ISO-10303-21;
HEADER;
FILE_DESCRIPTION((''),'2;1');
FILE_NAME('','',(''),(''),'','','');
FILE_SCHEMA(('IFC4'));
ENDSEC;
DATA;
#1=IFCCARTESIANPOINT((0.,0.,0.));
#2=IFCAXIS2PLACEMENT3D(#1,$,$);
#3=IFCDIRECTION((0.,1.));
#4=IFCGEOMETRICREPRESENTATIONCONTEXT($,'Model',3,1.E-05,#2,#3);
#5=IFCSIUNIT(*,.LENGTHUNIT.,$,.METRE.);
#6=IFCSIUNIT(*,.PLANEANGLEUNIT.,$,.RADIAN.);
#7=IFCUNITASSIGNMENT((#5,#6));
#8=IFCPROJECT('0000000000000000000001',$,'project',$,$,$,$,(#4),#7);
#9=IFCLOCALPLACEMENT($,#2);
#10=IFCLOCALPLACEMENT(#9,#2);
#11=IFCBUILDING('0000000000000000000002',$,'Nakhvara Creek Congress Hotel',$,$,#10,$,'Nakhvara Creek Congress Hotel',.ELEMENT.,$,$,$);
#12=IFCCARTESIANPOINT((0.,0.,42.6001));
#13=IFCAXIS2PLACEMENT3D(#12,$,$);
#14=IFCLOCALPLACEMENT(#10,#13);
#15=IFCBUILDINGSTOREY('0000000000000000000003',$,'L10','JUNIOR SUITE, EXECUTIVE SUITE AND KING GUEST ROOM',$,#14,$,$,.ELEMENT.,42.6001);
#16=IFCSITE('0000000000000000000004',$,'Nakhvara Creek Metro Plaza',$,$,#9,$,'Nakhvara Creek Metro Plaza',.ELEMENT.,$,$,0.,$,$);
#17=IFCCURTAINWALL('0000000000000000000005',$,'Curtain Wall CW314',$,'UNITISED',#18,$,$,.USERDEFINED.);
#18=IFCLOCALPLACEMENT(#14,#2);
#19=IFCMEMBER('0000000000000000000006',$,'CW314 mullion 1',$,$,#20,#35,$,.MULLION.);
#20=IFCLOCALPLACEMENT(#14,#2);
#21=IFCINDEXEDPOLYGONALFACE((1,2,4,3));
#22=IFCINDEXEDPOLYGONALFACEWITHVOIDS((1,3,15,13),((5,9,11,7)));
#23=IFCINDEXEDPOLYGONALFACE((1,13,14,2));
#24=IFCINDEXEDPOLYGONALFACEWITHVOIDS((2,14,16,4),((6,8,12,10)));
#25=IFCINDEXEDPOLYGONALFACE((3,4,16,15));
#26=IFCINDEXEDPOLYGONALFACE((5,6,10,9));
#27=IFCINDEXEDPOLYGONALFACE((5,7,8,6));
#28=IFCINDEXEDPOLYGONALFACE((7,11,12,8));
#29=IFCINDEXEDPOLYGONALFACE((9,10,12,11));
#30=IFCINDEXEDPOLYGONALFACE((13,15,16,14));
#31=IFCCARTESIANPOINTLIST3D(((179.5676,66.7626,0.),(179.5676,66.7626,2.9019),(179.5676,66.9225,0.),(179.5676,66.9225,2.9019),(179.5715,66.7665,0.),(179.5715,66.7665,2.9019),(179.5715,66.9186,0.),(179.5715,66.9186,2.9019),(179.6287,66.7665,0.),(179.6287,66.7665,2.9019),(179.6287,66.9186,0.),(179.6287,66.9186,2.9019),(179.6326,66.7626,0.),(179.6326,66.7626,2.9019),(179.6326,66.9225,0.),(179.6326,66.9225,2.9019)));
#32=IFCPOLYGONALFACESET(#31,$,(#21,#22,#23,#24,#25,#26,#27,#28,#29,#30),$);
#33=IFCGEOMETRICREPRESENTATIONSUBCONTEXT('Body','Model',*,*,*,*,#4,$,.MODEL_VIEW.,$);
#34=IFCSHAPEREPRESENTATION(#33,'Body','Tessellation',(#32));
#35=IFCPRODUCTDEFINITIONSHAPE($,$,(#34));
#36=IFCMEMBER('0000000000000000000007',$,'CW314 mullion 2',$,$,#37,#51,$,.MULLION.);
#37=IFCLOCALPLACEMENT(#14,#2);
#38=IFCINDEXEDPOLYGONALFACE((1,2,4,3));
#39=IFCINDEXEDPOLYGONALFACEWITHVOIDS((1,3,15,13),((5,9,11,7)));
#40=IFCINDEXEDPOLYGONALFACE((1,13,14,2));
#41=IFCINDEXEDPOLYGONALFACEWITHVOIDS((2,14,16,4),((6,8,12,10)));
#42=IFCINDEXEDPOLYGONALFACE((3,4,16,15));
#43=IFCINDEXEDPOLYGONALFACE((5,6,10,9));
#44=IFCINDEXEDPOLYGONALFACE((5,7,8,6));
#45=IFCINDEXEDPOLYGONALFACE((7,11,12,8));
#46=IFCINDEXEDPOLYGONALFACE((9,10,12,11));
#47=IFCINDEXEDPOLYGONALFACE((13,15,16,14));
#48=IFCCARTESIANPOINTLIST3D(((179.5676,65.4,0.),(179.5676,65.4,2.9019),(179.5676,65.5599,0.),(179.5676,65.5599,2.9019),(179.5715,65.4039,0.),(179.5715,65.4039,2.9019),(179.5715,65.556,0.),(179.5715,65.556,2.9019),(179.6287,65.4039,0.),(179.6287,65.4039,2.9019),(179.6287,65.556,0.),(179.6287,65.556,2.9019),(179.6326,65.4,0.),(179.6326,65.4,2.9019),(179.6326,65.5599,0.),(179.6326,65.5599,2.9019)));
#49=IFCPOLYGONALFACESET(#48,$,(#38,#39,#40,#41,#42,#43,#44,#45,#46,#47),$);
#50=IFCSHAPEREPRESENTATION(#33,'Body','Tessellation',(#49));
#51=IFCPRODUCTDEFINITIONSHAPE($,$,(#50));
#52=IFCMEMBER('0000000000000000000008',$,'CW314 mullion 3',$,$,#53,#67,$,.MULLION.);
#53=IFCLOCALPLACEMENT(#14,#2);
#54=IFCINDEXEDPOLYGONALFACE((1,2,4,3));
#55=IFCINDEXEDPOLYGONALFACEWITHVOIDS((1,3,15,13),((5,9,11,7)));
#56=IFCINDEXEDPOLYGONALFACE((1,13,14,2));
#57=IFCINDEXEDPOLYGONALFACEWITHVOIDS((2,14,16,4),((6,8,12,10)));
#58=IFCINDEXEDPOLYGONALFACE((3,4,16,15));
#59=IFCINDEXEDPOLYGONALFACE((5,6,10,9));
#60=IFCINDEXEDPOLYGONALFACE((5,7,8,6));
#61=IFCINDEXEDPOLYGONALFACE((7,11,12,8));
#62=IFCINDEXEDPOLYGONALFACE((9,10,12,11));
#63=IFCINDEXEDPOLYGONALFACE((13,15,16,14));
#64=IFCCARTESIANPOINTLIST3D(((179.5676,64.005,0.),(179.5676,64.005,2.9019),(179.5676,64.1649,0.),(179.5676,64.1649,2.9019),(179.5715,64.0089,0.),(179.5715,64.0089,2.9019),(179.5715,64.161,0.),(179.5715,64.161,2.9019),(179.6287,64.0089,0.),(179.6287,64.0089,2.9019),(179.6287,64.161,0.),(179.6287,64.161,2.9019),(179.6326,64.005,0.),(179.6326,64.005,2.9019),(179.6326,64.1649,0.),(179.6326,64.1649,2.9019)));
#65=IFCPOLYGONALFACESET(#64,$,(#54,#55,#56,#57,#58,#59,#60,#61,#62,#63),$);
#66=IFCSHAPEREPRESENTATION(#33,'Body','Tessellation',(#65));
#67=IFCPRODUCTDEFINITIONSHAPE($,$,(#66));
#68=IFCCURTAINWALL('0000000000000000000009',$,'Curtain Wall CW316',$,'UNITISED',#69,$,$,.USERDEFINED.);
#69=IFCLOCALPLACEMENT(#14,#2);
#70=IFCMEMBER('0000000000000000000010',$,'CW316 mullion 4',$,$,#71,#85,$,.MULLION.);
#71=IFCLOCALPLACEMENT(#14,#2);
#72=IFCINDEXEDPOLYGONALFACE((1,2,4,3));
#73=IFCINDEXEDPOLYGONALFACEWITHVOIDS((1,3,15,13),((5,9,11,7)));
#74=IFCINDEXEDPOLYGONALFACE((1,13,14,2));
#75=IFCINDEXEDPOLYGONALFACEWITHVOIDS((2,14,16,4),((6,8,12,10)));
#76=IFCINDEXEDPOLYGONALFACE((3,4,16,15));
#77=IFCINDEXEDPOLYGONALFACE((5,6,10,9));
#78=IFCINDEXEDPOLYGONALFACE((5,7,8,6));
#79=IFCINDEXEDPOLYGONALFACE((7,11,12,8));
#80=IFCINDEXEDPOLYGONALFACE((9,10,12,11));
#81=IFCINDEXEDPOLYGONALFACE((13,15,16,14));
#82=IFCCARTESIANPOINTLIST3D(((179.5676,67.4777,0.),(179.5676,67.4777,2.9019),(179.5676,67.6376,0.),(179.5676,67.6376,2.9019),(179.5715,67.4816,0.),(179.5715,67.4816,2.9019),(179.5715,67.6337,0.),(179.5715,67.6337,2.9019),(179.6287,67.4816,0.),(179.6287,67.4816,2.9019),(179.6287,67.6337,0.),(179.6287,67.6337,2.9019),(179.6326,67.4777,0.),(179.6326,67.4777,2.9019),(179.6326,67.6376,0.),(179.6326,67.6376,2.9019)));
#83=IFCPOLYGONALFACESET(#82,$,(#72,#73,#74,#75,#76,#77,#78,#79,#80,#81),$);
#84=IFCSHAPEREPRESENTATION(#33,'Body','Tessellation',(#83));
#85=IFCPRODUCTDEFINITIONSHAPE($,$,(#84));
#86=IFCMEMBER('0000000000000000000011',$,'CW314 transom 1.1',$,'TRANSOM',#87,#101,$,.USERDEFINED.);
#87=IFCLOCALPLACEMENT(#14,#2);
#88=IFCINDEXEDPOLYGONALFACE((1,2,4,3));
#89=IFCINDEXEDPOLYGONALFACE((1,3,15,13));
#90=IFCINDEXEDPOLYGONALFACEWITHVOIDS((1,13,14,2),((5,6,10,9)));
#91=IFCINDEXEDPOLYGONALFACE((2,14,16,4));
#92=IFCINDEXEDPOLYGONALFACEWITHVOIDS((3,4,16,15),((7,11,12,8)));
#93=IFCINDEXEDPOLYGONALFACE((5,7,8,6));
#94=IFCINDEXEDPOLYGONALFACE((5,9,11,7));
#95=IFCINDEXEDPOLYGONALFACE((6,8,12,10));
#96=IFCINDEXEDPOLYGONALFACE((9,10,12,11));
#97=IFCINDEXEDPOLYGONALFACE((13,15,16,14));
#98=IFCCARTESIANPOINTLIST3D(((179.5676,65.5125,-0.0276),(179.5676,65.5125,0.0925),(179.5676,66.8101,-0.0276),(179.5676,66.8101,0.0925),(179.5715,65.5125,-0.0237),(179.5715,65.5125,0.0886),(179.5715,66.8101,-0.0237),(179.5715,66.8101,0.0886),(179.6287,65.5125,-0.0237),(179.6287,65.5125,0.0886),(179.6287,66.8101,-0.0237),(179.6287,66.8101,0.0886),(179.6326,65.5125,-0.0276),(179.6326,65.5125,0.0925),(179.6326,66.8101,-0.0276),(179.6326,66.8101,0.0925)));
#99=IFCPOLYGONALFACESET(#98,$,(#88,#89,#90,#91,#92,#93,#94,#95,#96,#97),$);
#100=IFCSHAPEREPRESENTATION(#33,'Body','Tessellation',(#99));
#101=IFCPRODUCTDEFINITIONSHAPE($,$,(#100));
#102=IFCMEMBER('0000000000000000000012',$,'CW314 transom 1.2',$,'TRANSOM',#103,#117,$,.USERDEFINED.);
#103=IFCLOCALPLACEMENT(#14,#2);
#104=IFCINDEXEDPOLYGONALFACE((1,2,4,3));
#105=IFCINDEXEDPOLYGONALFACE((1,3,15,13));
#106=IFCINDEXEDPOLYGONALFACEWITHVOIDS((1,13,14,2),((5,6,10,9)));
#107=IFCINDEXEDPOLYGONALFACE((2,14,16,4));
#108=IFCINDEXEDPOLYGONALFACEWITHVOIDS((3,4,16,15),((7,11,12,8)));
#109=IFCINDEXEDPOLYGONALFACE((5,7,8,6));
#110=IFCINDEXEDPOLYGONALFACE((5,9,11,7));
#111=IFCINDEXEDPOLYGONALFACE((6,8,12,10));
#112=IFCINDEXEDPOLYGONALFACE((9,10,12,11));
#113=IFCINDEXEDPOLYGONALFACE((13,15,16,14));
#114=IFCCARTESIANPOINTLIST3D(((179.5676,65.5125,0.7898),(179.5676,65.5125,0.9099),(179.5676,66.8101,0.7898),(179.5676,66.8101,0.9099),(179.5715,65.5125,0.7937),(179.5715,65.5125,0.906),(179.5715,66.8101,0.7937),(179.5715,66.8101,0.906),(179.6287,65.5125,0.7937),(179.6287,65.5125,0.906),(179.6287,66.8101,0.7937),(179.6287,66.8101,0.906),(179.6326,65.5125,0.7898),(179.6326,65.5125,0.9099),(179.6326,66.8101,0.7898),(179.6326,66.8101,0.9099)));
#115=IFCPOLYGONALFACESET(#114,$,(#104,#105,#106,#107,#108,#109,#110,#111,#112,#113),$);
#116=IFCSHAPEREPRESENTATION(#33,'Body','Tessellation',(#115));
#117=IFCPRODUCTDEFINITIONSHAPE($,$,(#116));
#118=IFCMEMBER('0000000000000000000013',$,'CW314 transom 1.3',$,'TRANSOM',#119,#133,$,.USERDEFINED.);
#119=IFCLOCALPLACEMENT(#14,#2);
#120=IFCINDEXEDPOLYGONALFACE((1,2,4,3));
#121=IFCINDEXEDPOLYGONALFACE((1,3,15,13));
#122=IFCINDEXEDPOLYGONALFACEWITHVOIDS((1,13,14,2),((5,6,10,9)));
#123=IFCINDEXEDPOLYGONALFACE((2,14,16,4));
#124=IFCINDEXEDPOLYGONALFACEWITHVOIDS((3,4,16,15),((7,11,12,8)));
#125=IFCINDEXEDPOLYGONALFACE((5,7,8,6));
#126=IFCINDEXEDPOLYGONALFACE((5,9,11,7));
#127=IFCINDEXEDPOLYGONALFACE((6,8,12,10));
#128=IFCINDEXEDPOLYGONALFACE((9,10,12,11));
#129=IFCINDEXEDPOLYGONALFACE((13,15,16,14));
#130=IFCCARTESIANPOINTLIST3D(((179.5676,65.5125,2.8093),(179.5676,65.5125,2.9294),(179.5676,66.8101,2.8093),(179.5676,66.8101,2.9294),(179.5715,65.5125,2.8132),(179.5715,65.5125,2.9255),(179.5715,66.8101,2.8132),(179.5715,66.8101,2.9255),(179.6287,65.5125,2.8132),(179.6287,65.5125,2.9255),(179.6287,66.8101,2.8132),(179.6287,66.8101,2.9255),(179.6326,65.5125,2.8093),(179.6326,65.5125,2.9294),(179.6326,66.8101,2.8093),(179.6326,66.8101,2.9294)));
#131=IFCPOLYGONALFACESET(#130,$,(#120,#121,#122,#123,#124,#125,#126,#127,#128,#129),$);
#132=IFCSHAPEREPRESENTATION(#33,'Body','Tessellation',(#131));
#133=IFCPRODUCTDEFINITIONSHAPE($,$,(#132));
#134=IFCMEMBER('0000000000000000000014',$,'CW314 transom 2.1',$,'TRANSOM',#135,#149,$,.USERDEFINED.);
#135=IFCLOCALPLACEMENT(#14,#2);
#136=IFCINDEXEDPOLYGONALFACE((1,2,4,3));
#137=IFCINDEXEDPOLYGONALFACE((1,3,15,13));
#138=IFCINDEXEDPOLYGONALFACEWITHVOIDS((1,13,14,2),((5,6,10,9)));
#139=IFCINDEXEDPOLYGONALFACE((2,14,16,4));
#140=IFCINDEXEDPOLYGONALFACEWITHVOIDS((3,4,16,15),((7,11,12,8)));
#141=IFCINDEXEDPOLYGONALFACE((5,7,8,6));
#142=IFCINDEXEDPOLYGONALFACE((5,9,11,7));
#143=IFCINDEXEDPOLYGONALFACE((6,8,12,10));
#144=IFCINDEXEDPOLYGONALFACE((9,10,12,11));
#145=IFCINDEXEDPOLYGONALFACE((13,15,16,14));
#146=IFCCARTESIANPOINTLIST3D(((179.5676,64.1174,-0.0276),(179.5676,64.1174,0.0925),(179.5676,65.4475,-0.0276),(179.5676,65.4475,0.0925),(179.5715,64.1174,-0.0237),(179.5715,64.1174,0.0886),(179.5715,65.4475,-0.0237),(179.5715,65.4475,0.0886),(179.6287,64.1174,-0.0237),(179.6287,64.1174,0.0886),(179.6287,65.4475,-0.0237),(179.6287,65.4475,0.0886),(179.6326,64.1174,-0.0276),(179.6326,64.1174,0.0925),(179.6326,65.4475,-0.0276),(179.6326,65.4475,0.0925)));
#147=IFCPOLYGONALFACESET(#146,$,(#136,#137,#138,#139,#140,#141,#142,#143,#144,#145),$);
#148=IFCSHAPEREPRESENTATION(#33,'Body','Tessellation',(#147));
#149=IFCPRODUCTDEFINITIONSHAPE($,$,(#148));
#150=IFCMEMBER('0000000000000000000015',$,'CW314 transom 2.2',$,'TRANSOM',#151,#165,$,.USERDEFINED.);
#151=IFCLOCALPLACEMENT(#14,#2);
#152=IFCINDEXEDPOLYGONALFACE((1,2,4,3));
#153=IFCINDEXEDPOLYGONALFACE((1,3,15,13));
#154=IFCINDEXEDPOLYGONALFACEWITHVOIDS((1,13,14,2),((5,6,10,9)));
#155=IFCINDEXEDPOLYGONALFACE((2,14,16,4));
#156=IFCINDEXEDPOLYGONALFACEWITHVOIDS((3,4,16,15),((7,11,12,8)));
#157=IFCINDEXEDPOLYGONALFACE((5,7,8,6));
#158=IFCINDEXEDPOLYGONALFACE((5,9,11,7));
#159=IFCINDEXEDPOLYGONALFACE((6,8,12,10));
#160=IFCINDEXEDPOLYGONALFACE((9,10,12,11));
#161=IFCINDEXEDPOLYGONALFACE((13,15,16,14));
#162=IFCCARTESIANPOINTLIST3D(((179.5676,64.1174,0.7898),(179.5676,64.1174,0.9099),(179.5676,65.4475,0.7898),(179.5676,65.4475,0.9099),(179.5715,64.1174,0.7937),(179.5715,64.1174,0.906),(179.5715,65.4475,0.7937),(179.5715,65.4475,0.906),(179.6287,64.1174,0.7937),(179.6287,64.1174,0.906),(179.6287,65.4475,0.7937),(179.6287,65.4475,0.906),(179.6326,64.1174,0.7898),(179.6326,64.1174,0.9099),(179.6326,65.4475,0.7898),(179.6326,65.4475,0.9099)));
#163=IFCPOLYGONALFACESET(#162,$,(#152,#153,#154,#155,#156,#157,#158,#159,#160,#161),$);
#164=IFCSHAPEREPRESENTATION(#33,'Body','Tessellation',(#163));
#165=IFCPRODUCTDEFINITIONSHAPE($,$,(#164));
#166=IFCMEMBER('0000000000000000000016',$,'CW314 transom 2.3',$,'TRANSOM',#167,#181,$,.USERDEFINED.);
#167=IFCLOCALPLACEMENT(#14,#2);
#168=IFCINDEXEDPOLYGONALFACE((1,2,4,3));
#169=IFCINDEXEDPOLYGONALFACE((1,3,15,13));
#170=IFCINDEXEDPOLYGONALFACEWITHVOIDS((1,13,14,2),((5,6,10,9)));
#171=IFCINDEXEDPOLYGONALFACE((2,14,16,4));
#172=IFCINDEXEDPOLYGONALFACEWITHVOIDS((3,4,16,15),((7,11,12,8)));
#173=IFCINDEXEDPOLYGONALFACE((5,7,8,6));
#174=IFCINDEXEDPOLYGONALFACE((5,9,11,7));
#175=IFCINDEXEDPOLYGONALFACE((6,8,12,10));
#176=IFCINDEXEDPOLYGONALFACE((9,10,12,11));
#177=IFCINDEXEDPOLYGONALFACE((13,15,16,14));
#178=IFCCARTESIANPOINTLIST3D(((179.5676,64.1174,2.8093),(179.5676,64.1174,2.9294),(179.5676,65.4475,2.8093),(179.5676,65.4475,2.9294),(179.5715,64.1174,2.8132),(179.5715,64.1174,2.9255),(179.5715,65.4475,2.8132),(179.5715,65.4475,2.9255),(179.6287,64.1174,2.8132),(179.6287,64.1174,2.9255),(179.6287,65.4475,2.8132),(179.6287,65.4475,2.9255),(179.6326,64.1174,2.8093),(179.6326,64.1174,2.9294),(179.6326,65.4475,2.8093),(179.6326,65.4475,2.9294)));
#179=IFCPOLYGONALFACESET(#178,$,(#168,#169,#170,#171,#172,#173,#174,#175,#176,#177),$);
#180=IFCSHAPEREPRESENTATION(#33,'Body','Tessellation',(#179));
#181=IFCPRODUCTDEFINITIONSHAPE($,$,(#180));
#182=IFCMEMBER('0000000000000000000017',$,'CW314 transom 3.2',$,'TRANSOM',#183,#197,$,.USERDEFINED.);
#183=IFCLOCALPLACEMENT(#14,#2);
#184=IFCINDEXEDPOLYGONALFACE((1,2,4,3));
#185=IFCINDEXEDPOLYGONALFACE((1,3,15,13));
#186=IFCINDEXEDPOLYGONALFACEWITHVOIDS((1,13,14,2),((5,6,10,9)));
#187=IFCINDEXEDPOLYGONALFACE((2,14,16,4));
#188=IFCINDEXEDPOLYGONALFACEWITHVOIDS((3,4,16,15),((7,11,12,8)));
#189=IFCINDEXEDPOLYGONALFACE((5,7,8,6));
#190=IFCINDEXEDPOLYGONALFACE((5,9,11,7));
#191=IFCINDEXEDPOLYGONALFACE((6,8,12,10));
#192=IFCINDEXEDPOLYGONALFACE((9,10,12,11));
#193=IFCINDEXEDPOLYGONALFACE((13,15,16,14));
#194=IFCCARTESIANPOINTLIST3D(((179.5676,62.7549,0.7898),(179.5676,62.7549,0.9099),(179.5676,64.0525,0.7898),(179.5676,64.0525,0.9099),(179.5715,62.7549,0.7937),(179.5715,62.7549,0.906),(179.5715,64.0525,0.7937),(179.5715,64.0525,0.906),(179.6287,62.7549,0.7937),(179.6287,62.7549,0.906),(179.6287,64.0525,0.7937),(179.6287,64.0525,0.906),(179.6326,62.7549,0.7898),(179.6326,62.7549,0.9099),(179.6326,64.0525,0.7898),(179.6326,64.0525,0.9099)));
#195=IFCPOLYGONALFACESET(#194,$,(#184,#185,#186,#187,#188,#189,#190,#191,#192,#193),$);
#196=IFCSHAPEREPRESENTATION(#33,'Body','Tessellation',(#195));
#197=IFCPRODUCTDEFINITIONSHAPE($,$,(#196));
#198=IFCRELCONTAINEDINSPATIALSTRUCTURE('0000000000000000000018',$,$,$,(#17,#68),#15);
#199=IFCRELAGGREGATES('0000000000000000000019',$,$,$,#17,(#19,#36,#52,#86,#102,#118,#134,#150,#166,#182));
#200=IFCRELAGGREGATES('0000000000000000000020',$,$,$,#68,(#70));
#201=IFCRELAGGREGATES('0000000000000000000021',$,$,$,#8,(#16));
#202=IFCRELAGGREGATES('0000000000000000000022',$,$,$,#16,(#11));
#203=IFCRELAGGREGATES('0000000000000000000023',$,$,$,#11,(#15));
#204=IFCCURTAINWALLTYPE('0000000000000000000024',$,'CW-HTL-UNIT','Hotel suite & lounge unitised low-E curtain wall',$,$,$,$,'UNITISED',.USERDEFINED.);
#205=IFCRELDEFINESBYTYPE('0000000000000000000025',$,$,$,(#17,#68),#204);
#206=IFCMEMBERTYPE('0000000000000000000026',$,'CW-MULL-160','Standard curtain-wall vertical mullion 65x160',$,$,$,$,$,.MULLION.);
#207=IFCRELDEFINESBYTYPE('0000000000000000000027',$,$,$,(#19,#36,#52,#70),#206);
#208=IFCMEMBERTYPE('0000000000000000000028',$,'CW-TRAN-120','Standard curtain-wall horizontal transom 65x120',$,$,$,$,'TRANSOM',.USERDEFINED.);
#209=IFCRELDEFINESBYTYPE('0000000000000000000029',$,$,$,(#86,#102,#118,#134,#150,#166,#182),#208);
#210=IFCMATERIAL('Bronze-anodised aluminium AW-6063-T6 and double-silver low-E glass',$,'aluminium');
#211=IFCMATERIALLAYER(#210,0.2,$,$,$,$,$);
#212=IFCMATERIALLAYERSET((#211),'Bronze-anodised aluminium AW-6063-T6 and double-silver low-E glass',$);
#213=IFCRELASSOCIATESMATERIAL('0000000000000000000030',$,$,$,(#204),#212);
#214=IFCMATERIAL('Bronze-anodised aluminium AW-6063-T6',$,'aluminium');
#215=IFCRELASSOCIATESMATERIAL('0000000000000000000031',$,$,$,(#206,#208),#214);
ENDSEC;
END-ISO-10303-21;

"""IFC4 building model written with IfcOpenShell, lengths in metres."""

from ifc_helpers import new_model, si_unit, direction, frame, origin, origin_2d, place, context, subcontext, project, spatial, hollow_rectangle, extrude, material, layer, layer_set, material_profile, profile_set, type_object, element, aggregate, save


model = new_model("IFC4")

# Units and contexts
model_context = context("Model", 3, precision=1e-05, world=origin(), true_north=direction((0.0, 1.0)))
body_context = subcontext(model_context, "Body", "Model", "MODEL_VIEW")
ifc_project = project(units=[si_unit("LENGTHUNIT", "METRE"), si_unit("PLANEANGLEUNIT", "RADIAN")], contexts=[model_context])

# Site, building, storey
site_placement = place(None, origin())
site = spatial("IfcSite", under=ifc_project, at=site_placement, Name="Nakhvara Creek Metro Plaza", LongName="Nakhvara Creek Metro Plaza", CompositionType="ELEMENT", RefElevation=0.0)
building_placement = place(site_placement, origin())
building = spatial("IfcBuilding", under=site, at=building_placement, Name="Nakhvara Creek Congress Hotel", LongName="Nakhvara Creek Congress Hotel", CompositionType="ELEMENT")
storey_placement = place(building_placement, frame((0.0, 0.0, 42.6001)))
storey = spatial("IfcBuildingStorey", under=building, at=storey_placement, Name="L10", Description="JUNIOR SUITE, EXECUTIVE SUITE AND KING GUEST ROOM", CompositionType="ELEMENT", Elevation=42.6001)

# Curtain wall, members
ifc_material_1 = material(Name="Bronze-anodised aluminium AW-6063-T6 and double-silver low-E glass", Category="aluminium")
ifc_layer_1 = layer(ifc_material_1, 0.2)
ifc_layer_set_1 = layer_set([ifc_layer_1], Name="Bronze-anodised aluminium AW-6063-T6 and double-silver low-E glass")
curtain_wall_type = type_object("IfcCurtainWallType", Name="CW-HTL-UNIT", Description="Hotel suite & lounge unitised low-E curtain wall", ElementType="UNITISED", PredefinedType="USERDEFINED", material=ifc_layer_set_1)
curtain_wall_1_placement = place(storey_placement, origin())
curtain_wall_1 = element("IfcCurtainWall", 1, at=curtain_wall_1_placement, inside=storey, type_object=curtain_wall_type, Name="Curtain Wall CW314", ObjectType="UNITISED", PredefinedType="USERDEFINED")
ifc_material_2 = material(Name="Bronze-anodised aluminium AW-6063-T6", Category="aluminium")
ifc_material_profile_1 = material_profile(ifc_material_2, hollow_rectangle(XDim=0.0649, YDim=0.1599, WallThickness=0.0039, at=origin_2d()), Name="ALU-MULL 65x160x4", Category="LoadBearing")
ifc_profile_set_1 = profile_set([ifc_material_profile_1], Name="Bronze-anodised aluminium AW-6063-T6")
member_type_1 = type_object("IfcMemberType", Name="CW-MULL-160", Description="Standard curtain-wall vertical mullion 65x160", PredefinedType="MULLION", material=ifc_profile_set_1)
member_1_placement = place(storey_placement, frame((179.6001, 66.8425, 0.0), z_axis=(0.0, 0.0, 1.0), x_axis=(1.0, 0.0, 0.0)))
member_1 = element("IfcMember", 2, at=member_1_placement, type_object=member_type_1, Name="CW314 mullion 1", PredefinedType="MULLION", context=body_context, shape_type="SweptSolid", body=[
    extrude(hollow_rectangle(XDim=0.0649, YDim=0.1599, WallThickness=0.0039, at=origin_2d()), origin(), (0.0, 0.0, 1.0), 2.9019),
])
member_2_placement = place(storey_placement, frame((179.6001, 65.48, 0.0), z_axis=(0.0, 0.0, 1.0), x_axis=(1.0, 0.0, 0.0)))
member_2 = element("IfcMember", 3, at=member_2_placement, type_object=member_type_1, Name="CW314 mullion 2", PredefinedType="MULLION", context=body_context, shape_type="SweptSolid", body=[
    extrude(hollow_rectangle(XDim=0.0649, YDim=0.1599, WallThickness=0.0039, at=origin_2d()), origin(), (0.0, 0.0, 1.0), 2.9019),
])
member_3_placement = place(storey_placement, frame((179.6001, 64.085, 0.0), z_axis=(0.0, 0.0, 1.0), x_axis=(1.0, 0.0, 0.0)))
member_3 = element("IfcMember", 4, at=member_3_placement, type_object=member_type_1, Name="CW314 mullion 3", PredefinedType="MULLION", context=body_context, shape_type="SweptSolid", body=[
    extrude(hollow_rectangle(XDim=0.0649, YDim=0.1599, WallThickness=0.0039, at=origin_2d()), origin(), (0.0, 0.0, 1.0), 2.9019),
])

# Curtain wall, member
curtain_wall_2_placement = place(storey_placement, origin())
curtain_wall_2 = element("IfcCurtainWall", 5, at=curtain_wall_2_placement, inside=storey, type_object=curtain_wall_type, Name="Curtain Wall CW316", ObjectType="UNITISED", PredefinedType="USERDEFINED")
member_4_placement = place(storey_placement, frame((179.6001, 67.5576, 0.0), z_axis=(0.0, 0.0, 1.0), x_axis=(1.0, 0.0, 0.0)))
member_4 = element("IfcMember", 6, at=member_4_placement, type_object=member_type_1, Name="CW316 mullion 4", PredefinedType="MULLION", context=body_context, shape_type="SweptSolid", body=[
    extrude(hollow_rectangle(XDim=0.0649, YDim=0.1599, WallThickness=0.0039, at=origin_2d()), origin(), (0.0, 0.0, 1.0), 2.9019),
])

# Members
ifc_material_profile_2 = material_profile(ifc_material_2, hollow_rectangle(XDim=0.0649, YDim=0.1201, WallThickness=0.0039, at=origin_2d()), Name="ALU-TRAN 65x120x4", Category="LoadBearing")
ifc_profile_set_2 = profile_set([ifc_material_profile_2], Name="Bronze-anodised aluminium AW-6063-T6")
member_type_2 = type_object("IfcMemberType", Name="CW-TRAN-120", Description="Standard curtain-wall horizontal transom 65x120", ElementType="TRANSOM", PredefinedType="USERDEFINED", material=ifc_profile_set_2)
member_5_placement = place(storey_placement, frame((179.6001, 66.8101, 0.0325), z_axis=(0.0, -1.0, 0.0), x_axis=(1.0, 0.0, 0.0)))
member_5 = element("IfcMember", 7, at=member_5_placement, type_object=member_type_2, Name="CW314 transom 1.1", ObjectType="TRANSOM", PredefinedType="USERDEFINED", context=body_context, shape_type="SweptSolid", body=[
    extrude(hollow_rectangle(XDim=0.0649, YDim=0.1201, WallThickness=0.0039, at=origin_2d()), origin(), (0.0, 0.0, 1.0), 1.2976),
])
member_6_placement = place(storey_placement, frame((179.6001, 66.8101, 0.8499), z_axis=(0.0, -1.0, 0.0), x_axis=(1.0, 0.0, 0.0)))
member_6 = element("IfcMember", 8, at=member_6_placement, type_object=member_type_2, Name="CW314 transom 1.2", ObjectType="TRANSOM", PredefinedType="USERDEFINED", context=body_context, shape_type="SweptSolid", body=[
    extrude(hollow_rectangle(XDim=0.0649, YDim=0.1201, WallThickness=0.0039, at=origin_2d()), origin(), (0.0, 0.0, 1.0), 1.2976),
])
member_7_placement = place(storey_placement, frame((179.6001, 66.8101, 2.8694), z_axis=(0.0, -1.0, 0.0), x_axis=(1.0, 0.0, 0.0)))
member_7 = element("IfcMember", 9, at=member_7_placement, type_object=member_type_2, Name="CW314 transom 1.3", ObjectType="TRANSOM", PredefinedType="USERDEFINED", context=body_context, shape_type="SweptSolid", body=[
    extrude(hollow_rectangle(XDim=0.0649, YDim=0.1201, WallThickness=0.0039, at=origin_2d()), origin(), (0.0, 0.0, 1.0), 1.2976),
])
member_8_placement = place(storey_placement, frame((179.6001, 65.4475, 0.0325), z_axis=(0.0, -1.0, 0.0), x_axis=(1.0, 0.0, 0.0)))
member_8 = element("IfcMember", 10, at=member_8_placement, type_object=member_type_2, Name="CW314 transom 2.1", ObjectType="TRANSOM", PredefinedType="USERDEFINED", context=body_context, shape_type="SweptSolid", body=[
    extrude(hollow_rectangle(XDim=0.0649, YDim=0.1201, WallThickness=0.0039, at=origin_2d()), origin(), (0.0, 0.0, 1.0), 1.3301),
])
member_9_placement = place(storey_placement, frame((179.6001, 65.4475, 0.8499), z_axis=(0.0, -1.0, 0.0), x_axis=(1.0, 0.0, 0.0)))
member_9 = element("IfcMember", 11, at=member_9_placement, type_object=member_type_2, Name="CW314 transom 2.2", ObjectType="TRANSOM", PredefinedType="USERDEFINED", context=body_context, shape_type="SweptSolid", body=[
    extrude(hollow_rectangle(XDim=0.0649, YDim=0.1201, WallThickness=0.0039, at=origin_2d()), origin(), (0.0, 0.0, 1.0), 1.3301),
])
member_10_placement = place(storey_placement, frame((179.6001, 65.4475, 2.8694), z_axis=(0.0, -1.0, 0.0), x_axis=(1.0, 0.0, 0.0)))
member_10 = element("IfcMember", 12, at=member_10_placement, type_object=member_type_2, Name="CW314 transom 2.3", ObjectType="TRANSOM", PredefinedType="USERDEFINED", context=body_context, shape_type="SweptSolid", body=[
    extrude(hollow_rectangle(XDim=0.0649, YDim=0.1201, WallThickness=0.0039, at=origin_2d()), origin(), (0.0, 0.0, 1.0), 1.3301),
])
member_11_placement = place(storey_placement, frame((179.6001, 64.0525, 0.8499), z_axis=(0.0, -1.0, 0.0), x_axis=(1.0, 0.0, 0.0)))
member_11 = element("IfcMember", 13, at=member_11_placement, type_object=member_type_2, Name="CW314 transom 3.2", ObjectType="TRANSOM", PredefinedType="USERDEFINED", context=body_context, shape_type="SweptSolid", body=[
    extrude(hollow_rectangle(XDim=0.0649, YDim=0.1201, WallThickness=0.0039, at=origin_2d()), origin(), (0.0, 0.0, 1.0), 1.2976),
])

aggregate(curtain_wall_1, [member_1, member_2, member_3, member_5, member_6, member_7, member_8, member_9, member_10, member_11])
aggregate(curtain_wall_2, [member_4])

save(model, "model.ifc")
